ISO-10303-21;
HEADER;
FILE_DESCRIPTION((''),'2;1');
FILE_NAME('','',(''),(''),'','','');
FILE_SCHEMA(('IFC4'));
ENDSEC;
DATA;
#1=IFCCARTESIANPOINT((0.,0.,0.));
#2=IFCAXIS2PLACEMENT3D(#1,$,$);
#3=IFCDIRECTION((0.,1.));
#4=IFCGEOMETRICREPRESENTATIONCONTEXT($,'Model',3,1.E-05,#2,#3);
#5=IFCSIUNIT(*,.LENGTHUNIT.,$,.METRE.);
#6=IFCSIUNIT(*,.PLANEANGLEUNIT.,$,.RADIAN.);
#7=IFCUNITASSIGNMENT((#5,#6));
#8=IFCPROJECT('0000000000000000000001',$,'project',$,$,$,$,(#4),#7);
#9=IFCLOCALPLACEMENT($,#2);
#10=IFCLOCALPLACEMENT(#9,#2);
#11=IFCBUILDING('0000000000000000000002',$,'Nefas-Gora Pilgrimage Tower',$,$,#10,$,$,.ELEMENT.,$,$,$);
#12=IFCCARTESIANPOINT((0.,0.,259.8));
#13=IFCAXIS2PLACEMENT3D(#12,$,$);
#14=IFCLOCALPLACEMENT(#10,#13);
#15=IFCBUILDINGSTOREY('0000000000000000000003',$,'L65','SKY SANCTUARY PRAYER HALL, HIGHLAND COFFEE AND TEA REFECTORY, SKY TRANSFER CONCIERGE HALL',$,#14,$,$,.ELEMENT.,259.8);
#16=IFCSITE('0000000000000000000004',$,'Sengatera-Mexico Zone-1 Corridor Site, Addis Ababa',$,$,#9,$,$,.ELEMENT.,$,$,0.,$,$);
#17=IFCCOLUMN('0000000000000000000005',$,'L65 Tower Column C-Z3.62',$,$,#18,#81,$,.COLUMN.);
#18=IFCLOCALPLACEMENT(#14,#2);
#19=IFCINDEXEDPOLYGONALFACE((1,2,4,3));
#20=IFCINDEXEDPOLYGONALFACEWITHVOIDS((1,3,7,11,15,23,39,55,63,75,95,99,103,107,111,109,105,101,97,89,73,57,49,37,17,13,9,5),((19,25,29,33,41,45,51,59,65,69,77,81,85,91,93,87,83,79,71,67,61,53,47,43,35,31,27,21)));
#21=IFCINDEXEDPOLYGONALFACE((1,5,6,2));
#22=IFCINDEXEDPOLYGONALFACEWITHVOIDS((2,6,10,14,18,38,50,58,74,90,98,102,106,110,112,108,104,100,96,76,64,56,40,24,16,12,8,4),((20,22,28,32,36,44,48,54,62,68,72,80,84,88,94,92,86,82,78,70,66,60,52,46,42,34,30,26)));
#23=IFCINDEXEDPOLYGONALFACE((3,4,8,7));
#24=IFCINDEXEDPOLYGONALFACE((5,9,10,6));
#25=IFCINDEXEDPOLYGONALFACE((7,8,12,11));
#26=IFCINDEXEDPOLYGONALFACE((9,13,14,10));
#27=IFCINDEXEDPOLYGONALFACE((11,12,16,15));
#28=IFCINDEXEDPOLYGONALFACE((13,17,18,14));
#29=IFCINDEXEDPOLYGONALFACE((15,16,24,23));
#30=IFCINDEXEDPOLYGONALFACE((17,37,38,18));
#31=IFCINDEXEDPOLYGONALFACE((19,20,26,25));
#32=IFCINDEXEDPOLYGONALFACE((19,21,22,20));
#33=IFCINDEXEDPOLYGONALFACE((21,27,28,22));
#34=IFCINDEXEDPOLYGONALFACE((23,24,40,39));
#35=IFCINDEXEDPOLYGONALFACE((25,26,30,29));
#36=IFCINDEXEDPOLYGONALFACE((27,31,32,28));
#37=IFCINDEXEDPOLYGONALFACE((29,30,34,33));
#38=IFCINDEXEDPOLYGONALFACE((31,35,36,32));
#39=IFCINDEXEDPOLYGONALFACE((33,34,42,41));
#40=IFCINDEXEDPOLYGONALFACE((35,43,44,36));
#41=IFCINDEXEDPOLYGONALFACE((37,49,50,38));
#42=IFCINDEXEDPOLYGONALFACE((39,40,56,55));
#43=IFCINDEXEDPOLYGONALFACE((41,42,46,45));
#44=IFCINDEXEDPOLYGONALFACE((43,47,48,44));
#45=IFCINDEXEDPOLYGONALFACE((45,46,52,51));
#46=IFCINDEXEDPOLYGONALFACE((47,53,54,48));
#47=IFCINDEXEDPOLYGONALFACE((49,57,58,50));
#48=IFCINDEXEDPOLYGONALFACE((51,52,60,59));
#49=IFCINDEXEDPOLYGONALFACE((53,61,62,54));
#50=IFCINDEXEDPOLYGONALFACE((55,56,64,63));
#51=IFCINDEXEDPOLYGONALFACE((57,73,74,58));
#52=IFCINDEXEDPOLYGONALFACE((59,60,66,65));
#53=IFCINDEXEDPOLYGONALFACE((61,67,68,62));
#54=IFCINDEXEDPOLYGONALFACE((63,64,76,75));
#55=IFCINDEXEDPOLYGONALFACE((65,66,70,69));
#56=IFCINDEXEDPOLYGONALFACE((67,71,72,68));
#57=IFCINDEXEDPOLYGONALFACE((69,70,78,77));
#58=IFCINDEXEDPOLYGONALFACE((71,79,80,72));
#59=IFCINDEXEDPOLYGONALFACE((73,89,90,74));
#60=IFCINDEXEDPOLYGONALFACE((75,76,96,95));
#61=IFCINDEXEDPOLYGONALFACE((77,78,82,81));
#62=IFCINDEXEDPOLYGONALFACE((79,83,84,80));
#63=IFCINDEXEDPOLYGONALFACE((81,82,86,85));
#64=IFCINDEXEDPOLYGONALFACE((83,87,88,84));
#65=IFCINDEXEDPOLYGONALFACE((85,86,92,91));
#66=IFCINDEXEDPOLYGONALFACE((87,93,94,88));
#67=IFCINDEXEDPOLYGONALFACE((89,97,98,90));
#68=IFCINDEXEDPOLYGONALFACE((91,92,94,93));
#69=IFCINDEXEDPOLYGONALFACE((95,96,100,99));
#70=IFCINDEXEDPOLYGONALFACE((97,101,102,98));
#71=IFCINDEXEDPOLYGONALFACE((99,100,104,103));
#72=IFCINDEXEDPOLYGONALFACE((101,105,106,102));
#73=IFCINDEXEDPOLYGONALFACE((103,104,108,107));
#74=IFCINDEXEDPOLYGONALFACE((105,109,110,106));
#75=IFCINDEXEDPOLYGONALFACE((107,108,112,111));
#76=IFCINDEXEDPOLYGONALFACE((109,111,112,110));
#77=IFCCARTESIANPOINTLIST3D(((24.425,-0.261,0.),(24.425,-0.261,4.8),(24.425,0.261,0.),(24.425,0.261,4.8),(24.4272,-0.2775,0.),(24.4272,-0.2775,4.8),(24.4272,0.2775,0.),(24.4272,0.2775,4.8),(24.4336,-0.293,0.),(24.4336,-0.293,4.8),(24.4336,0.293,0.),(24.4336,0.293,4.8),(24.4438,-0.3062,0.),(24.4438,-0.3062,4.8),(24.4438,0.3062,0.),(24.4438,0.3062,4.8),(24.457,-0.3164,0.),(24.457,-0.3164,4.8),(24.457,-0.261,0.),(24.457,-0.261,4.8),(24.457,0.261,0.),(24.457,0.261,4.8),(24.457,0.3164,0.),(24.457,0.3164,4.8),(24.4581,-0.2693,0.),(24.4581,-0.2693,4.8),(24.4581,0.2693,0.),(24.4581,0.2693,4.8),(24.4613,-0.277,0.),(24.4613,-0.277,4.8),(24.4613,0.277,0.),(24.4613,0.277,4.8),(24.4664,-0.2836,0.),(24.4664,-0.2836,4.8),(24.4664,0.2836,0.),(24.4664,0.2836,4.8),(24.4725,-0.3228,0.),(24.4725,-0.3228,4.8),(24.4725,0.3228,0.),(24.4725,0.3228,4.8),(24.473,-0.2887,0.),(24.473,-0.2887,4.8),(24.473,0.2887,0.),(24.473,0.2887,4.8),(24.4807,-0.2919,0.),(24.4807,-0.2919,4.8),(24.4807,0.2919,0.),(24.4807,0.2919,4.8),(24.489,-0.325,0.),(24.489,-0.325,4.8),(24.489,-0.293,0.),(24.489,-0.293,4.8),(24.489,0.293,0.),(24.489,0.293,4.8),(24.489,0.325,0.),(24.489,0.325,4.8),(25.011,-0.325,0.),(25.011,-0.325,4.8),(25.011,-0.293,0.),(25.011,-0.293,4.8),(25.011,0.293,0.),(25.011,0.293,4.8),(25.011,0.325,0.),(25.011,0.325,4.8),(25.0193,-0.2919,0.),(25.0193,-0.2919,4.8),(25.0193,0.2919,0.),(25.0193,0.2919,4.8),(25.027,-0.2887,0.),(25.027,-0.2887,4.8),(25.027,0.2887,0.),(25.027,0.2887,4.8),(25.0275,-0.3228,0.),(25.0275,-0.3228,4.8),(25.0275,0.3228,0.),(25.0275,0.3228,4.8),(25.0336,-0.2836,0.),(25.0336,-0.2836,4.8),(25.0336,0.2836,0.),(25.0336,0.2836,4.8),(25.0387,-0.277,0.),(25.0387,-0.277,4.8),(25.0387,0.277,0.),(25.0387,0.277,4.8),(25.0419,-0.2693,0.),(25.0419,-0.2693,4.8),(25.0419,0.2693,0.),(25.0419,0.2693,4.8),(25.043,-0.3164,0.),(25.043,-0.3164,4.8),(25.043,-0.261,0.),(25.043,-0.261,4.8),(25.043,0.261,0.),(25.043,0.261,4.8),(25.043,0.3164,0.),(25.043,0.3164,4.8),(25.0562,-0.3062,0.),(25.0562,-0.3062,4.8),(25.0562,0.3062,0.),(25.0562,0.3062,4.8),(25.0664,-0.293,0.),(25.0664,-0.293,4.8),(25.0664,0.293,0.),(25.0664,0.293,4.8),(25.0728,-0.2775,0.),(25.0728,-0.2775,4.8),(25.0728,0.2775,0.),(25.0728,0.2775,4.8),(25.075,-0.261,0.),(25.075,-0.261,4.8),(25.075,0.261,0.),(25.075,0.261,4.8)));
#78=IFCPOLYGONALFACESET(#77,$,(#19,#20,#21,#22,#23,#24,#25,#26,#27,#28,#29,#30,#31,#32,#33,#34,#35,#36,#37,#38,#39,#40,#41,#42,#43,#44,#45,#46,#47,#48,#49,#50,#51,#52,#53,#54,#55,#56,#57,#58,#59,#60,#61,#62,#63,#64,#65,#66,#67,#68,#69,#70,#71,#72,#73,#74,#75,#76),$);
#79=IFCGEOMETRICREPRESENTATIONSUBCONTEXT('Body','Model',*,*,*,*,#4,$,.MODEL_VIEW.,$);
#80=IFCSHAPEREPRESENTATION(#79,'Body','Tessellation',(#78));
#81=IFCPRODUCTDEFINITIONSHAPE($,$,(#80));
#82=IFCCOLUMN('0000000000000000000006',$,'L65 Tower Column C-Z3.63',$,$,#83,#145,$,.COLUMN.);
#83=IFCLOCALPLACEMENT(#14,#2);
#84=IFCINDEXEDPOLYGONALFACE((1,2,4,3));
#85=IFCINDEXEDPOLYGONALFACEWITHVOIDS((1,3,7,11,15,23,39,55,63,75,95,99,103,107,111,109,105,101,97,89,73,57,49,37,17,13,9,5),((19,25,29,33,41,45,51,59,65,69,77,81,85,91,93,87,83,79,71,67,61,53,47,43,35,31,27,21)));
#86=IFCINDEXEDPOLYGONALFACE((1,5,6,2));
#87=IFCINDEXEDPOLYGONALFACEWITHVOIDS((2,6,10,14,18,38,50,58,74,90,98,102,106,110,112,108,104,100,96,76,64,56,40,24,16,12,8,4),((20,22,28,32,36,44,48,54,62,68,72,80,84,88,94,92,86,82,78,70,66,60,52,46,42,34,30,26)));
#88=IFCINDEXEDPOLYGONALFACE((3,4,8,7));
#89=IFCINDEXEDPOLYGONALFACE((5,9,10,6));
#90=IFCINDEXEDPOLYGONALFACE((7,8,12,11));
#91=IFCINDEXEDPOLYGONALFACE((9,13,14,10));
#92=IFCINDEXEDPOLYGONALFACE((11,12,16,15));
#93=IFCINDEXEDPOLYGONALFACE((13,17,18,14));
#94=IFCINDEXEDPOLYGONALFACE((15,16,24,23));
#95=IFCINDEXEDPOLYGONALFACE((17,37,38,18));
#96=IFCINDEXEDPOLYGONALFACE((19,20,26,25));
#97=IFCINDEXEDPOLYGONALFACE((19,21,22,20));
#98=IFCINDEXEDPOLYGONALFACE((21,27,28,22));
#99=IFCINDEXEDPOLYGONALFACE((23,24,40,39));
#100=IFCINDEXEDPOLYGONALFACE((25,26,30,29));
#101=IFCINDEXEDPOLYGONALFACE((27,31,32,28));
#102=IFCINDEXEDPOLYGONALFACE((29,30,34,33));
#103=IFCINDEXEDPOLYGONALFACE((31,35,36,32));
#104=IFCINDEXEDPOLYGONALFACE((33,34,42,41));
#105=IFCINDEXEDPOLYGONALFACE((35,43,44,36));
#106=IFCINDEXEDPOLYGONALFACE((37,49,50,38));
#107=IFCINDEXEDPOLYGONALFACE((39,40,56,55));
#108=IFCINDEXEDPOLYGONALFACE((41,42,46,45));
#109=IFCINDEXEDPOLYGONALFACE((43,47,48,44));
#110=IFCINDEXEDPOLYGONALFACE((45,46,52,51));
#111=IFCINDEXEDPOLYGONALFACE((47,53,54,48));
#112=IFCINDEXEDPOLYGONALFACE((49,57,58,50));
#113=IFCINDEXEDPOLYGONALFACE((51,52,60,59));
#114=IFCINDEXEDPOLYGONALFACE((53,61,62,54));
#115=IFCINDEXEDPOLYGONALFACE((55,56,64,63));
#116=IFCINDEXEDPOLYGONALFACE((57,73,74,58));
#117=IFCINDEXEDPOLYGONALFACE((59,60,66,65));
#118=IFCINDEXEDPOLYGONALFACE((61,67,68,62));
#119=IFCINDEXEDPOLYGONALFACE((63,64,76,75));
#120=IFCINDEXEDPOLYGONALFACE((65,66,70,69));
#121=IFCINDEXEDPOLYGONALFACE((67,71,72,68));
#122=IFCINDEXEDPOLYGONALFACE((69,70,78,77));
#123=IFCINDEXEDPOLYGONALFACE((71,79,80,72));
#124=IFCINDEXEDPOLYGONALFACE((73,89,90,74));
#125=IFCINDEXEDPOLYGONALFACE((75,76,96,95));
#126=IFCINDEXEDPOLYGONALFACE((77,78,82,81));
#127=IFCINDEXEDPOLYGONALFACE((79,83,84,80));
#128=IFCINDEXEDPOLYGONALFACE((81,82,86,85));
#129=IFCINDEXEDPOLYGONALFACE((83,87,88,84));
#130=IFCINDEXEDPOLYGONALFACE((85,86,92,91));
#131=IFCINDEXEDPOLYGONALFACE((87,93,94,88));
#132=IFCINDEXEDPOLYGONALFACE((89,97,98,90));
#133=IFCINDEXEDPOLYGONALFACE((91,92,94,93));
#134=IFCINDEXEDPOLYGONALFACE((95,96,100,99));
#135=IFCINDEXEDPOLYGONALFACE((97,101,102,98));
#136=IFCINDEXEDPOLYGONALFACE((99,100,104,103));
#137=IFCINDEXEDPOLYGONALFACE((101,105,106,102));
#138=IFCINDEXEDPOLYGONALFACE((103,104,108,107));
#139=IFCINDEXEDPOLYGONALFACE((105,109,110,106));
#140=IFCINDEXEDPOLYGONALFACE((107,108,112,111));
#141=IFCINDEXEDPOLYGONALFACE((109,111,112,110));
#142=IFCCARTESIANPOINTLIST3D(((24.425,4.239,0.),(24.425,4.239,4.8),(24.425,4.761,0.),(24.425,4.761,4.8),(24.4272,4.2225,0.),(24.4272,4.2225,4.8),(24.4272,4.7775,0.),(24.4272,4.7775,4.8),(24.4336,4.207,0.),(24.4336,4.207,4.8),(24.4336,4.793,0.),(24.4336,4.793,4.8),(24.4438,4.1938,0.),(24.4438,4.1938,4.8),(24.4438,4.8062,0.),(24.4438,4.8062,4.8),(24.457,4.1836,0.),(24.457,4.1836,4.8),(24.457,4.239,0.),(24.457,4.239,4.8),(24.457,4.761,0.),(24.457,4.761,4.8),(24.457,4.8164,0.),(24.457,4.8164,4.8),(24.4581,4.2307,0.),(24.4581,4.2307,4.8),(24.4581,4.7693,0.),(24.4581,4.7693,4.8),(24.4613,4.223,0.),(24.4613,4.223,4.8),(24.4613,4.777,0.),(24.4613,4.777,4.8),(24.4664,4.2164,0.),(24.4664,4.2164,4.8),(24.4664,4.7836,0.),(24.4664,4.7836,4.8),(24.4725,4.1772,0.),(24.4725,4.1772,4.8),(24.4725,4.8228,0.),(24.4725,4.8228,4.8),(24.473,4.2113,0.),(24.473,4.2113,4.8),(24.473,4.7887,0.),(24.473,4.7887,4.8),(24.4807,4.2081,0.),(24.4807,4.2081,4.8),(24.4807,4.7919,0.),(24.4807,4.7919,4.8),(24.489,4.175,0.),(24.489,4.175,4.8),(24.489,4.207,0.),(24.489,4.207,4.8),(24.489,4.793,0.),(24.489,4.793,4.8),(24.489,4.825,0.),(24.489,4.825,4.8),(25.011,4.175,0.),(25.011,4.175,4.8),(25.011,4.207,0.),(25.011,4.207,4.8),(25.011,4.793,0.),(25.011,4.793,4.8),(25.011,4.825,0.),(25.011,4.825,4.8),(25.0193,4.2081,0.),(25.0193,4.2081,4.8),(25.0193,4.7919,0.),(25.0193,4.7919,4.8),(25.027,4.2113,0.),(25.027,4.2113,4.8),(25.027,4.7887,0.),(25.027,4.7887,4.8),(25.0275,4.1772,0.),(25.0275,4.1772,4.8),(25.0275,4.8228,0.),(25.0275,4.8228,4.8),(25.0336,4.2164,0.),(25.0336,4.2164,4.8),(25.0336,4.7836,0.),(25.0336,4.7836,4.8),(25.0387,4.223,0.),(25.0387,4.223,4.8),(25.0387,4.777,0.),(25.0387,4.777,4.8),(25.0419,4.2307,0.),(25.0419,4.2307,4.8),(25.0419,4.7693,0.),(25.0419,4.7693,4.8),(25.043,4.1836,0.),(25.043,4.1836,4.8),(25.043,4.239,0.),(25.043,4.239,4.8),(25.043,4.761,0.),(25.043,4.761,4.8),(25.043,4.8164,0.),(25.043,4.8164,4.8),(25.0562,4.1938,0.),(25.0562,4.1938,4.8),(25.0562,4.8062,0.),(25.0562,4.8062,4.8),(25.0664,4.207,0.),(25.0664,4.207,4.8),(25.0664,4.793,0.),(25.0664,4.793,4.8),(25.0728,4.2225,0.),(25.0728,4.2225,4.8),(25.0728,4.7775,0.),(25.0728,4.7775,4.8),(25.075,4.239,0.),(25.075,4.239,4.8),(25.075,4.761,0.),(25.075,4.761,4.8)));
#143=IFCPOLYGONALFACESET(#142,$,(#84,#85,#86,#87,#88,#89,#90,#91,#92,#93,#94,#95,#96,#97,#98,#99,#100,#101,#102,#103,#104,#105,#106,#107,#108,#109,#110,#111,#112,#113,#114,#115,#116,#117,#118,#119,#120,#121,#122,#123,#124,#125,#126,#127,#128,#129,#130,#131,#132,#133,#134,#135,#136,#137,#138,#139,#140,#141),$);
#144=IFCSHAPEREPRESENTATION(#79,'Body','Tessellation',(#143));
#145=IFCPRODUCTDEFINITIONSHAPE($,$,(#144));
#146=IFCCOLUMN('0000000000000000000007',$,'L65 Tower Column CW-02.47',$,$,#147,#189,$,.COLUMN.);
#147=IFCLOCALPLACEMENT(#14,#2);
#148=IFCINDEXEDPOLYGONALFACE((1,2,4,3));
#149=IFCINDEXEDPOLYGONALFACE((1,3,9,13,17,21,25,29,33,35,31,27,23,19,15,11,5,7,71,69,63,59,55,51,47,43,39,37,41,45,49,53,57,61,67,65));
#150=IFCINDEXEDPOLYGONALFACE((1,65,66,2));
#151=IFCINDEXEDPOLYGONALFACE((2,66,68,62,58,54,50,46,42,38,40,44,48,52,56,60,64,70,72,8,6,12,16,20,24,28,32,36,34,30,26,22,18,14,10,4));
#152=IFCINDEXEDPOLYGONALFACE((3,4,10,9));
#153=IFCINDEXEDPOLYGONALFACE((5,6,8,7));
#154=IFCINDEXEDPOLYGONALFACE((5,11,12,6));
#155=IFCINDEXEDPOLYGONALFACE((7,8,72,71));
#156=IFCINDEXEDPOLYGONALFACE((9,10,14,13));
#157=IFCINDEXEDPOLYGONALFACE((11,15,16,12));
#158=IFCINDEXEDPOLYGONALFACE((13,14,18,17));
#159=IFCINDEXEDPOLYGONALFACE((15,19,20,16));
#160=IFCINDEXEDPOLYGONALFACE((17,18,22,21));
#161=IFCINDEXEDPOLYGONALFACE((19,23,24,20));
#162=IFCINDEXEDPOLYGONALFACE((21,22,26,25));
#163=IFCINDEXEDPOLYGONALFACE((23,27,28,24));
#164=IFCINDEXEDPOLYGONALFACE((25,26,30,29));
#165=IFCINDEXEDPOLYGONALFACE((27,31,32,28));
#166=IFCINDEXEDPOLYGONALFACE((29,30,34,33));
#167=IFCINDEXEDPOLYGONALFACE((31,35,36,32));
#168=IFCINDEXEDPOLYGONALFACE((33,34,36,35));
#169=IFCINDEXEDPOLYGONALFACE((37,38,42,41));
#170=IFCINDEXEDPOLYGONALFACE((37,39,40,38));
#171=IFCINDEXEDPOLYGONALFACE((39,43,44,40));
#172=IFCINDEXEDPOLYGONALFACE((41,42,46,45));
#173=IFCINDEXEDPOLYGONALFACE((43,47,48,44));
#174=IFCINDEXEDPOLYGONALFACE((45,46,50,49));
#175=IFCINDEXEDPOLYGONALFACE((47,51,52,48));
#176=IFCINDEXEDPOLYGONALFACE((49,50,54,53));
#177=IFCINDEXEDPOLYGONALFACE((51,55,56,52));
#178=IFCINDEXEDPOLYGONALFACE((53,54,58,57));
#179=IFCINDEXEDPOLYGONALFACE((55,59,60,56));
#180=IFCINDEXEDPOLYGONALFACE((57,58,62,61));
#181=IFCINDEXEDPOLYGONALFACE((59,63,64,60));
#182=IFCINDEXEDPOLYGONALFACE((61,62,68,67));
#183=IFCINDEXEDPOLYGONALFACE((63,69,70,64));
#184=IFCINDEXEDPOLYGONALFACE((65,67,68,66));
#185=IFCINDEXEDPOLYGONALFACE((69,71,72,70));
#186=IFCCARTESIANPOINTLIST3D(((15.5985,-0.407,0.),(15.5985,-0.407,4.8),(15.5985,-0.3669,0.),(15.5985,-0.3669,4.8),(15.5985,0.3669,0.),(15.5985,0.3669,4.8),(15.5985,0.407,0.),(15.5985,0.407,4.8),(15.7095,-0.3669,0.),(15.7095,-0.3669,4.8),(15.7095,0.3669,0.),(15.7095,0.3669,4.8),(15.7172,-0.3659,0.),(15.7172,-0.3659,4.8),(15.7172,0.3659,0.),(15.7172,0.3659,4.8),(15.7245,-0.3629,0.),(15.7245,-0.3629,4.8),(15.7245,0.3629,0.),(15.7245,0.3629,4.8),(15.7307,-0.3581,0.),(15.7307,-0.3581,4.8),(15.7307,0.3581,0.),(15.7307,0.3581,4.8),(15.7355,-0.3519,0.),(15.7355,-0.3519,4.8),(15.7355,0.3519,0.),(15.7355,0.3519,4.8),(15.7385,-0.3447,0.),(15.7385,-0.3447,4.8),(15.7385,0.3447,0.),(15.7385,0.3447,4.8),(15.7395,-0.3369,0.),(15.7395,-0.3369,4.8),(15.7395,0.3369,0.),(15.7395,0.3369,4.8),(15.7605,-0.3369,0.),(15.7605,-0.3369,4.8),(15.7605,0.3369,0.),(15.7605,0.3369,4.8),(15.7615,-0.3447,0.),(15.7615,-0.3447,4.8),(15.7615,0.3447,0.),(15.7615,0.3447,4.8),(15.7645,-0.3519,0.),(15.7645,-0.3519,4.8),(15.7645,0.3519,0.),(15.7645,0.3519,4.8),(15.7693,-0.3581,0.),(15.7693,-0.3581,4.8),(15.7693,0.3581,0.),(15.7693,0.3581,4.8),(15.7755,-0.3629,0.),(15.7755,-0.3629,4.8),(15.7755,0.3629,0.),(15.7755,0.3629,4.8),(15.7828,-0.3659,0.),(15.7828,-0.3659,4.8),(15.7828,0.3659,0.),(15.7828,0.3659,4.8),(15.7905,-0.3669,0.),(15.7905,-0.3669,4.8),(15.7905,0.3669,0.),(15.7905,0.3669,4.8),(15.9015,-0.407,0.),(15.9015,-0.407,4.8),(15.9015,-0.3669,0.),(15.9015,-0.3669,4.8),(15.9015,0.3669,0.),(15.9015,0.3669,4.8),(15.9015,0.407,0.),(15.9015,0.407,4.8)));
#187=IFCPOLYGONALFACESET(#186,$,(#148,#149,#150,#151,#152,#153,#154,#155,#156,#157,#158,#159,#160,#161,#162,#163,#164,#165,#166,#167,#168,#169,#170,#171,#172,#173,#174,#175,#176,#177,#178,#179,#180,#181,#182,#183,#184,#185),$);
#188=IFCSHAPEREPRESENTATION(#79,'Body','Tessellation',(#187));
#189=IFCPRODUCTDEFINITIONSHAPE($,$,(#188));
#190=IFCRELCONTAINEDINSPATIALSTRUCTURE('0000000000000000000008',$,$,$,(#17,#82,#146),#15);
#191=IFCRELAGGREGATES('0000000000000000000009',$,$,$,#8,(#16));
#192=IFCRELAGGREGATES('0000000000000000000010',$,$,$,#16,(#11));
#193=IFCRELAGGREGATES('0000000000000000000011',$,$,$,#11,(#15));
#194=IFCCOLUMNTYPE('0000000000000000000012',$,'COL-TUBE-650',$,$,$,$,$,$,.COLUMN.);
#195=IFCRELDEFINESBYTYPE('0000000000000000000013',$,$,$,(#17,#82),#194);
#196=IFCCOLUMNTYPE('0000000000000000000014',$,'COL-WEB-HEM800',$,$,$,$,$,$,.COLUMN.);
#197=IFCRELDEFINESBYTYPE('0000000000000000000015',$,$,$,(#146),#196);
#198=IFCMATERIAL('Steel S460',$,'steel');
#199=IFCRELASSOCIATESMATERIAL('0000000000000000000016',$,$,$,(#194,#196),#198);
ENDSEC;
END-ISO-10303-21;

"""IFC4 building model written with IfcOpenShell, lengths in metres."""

from ifc_helpers import new_model, si_unit, direction, frame, origin, origin_2d, place, context, subcontext, project, spatial, hollow_rectangle, i_section, extrude, source, transform, mapped, material, material_profile, profile_set, type_object, element, save


model = new_model("IFC4")

# Units and contexts
model_context = context("Model", 3, precision=1e-05, world=origin(), true_north=direction((0.0, 1.0)))
body_context = subcontext(model_context, "Body", "Model", "MODEL_VIEW")
ifc_project = project(units=[si_unit("LENGTHUNIT", "METRE"), si_unit("PLANEANGLEUNIT", "RADIAN")], contexts=[model_context])

# Site, building, storey
site_placement = place(None, origin())
site = spatial("IfcSite", under=ifc_project, at=site_placement, Name="Sengatera-Mexico Zone-1 Corridor Site, Addis Ababa", CompositionType="ELEMENT", RefElevation=0.0)
building_placement = place(site_placement, origin())
building = spatial("IfcBuilding", under=site, at=building_placement, Name="Nefas-Gora Pilgrimage Tower", CompositionType="ELEMENT")
storey_placement = place(building_placement, frame((0.0, 0.0, 259.8)))
storey = spatial("IfcBuildingStorey", under=building, at=storey_placement, Name="L65", Description="SKY SANCTUARY PRAYER HALL, HIGHLAND COFFEE AND TEA REFECTORY, SKY TRANSFER CONCIERGE HALL", CompositionType="ELEMENT", Elevation=259.8)

# Columns
ifc_material_1 = material(Name="Steel S460", Category="steel")
ifc_material_profile_1 = material_profile(ifc_material_1, hollow_rectangle(XDim=0.6499, YDim=0.6499, WallThickness=0.032, InnerFilletRadius=0.032, OuterFilletRadius=0.064, at=origin_2d()), Name="BOX 650x650x32")
ifc_profile_set_1 = profile_set([ifc_material_profile_1], Name="Steel S460")
column_type_1 = type_object("IfcColumnType", Name="COL-TUBE-650", PredefinedType="COLUMN", material=ifc_profile_set_1)
shared_shape_1 = source(origin(), body_context, "Body", "SweptSolid", [
    extrude(hollow_rectangle(XDim=0.6499, YDim=0.6499, WallThickness=0.032, InnerFilletRadius=0.032, OuterFilletRadius=0.064, at=origin_2d()), origin(), (0.0, 0.0, 1.0), 4.8),
])
for number, where, z_axis, x_axis, name in (
    (1, (24.75, 0.0, 0.0), (0.0, 0.0, 1.0), (1.0, 0.0, 0.0), "L65 Tower Column C-Z3.62"),
    (2, (24.75, 4.5, 0.0), (0.0, 0.0, 1.0), (1.0, 0.0, 0.0), "L65 Tower Column C-Z3.63"),
):
    element("IfcColumn", number, at=place(storey_placement, frame(where, z_axis=z_axis, x_axis=x_axis)), inside=storey, type_object=column_type_1, Name=name, PredefinedType="COLUMN", context=body_context, shape_type="MappedRepresentation", body=[
        mapped(shared_shape_1, transform((0.0, 0.0, 0.0), x_axis=(1.0, 0.0, 0.0), y_axis=(0.0, 1.0, 0.0), z_axis=(0.0, 0.0, 1.0), scale=1.0)),
    ])
ifc_material_profile_2 = material_profile(ifc_material_1, i_section(OverallWidth=0.303, OverallDepth=0.814, WebThickness=0.021, FlangeThickness=0.04, FilletRadius=0.03, at=origin_2d()), Name="HEM 800")
ifc_profile_set_2 = profile_set([ifc_material_profile_2], Name="Steel S460")
column_type_2 = type_object("IfcColumnType", Name="COL-WEB-HEM800", PredefinedType="COLUMN", material=ifc_profile_set_2)
shared_shape_2 = source(origin(), body_context, "Body", "SweptSolid", [
    extrude(i_section(OverallWidth=0.303, OverallDepth=0.814, WebThickness=0.021, FlangeThickness=0.04, FilletRadius=0.03, at=origin_2d()), origin(), (0.0, 0.0, 1.0), 4.8),
])
for number, where, z_axis, x_axis, name in (
    (3, (15.75, 0.0, 0.0), (0.0, 0.0, 1.0), (1.0, 0.0, 0.0), "L65 Tower Column CW-02.47"),
):
    element("IfcColumn", number, at=place(storey_placement, frame(where, z_axis=z_axis, x_axis=x_axis)), inside=storey, type_object=column_type_2, Name=name, PredefinedType="COLUMN", context=body_context, shape_type="MappedRepresentation", body=[
        mapped(shared_shape_2, transform((0.0, 0.0, 0.0), x_axis=(1.0, 0.0, 0.0), y_axis=(0.0, 1.0, 0.0), z_axis=(0.0, 0.0, 1.0), scale=1.0)),
    ])

save(model, "model.ifc")
